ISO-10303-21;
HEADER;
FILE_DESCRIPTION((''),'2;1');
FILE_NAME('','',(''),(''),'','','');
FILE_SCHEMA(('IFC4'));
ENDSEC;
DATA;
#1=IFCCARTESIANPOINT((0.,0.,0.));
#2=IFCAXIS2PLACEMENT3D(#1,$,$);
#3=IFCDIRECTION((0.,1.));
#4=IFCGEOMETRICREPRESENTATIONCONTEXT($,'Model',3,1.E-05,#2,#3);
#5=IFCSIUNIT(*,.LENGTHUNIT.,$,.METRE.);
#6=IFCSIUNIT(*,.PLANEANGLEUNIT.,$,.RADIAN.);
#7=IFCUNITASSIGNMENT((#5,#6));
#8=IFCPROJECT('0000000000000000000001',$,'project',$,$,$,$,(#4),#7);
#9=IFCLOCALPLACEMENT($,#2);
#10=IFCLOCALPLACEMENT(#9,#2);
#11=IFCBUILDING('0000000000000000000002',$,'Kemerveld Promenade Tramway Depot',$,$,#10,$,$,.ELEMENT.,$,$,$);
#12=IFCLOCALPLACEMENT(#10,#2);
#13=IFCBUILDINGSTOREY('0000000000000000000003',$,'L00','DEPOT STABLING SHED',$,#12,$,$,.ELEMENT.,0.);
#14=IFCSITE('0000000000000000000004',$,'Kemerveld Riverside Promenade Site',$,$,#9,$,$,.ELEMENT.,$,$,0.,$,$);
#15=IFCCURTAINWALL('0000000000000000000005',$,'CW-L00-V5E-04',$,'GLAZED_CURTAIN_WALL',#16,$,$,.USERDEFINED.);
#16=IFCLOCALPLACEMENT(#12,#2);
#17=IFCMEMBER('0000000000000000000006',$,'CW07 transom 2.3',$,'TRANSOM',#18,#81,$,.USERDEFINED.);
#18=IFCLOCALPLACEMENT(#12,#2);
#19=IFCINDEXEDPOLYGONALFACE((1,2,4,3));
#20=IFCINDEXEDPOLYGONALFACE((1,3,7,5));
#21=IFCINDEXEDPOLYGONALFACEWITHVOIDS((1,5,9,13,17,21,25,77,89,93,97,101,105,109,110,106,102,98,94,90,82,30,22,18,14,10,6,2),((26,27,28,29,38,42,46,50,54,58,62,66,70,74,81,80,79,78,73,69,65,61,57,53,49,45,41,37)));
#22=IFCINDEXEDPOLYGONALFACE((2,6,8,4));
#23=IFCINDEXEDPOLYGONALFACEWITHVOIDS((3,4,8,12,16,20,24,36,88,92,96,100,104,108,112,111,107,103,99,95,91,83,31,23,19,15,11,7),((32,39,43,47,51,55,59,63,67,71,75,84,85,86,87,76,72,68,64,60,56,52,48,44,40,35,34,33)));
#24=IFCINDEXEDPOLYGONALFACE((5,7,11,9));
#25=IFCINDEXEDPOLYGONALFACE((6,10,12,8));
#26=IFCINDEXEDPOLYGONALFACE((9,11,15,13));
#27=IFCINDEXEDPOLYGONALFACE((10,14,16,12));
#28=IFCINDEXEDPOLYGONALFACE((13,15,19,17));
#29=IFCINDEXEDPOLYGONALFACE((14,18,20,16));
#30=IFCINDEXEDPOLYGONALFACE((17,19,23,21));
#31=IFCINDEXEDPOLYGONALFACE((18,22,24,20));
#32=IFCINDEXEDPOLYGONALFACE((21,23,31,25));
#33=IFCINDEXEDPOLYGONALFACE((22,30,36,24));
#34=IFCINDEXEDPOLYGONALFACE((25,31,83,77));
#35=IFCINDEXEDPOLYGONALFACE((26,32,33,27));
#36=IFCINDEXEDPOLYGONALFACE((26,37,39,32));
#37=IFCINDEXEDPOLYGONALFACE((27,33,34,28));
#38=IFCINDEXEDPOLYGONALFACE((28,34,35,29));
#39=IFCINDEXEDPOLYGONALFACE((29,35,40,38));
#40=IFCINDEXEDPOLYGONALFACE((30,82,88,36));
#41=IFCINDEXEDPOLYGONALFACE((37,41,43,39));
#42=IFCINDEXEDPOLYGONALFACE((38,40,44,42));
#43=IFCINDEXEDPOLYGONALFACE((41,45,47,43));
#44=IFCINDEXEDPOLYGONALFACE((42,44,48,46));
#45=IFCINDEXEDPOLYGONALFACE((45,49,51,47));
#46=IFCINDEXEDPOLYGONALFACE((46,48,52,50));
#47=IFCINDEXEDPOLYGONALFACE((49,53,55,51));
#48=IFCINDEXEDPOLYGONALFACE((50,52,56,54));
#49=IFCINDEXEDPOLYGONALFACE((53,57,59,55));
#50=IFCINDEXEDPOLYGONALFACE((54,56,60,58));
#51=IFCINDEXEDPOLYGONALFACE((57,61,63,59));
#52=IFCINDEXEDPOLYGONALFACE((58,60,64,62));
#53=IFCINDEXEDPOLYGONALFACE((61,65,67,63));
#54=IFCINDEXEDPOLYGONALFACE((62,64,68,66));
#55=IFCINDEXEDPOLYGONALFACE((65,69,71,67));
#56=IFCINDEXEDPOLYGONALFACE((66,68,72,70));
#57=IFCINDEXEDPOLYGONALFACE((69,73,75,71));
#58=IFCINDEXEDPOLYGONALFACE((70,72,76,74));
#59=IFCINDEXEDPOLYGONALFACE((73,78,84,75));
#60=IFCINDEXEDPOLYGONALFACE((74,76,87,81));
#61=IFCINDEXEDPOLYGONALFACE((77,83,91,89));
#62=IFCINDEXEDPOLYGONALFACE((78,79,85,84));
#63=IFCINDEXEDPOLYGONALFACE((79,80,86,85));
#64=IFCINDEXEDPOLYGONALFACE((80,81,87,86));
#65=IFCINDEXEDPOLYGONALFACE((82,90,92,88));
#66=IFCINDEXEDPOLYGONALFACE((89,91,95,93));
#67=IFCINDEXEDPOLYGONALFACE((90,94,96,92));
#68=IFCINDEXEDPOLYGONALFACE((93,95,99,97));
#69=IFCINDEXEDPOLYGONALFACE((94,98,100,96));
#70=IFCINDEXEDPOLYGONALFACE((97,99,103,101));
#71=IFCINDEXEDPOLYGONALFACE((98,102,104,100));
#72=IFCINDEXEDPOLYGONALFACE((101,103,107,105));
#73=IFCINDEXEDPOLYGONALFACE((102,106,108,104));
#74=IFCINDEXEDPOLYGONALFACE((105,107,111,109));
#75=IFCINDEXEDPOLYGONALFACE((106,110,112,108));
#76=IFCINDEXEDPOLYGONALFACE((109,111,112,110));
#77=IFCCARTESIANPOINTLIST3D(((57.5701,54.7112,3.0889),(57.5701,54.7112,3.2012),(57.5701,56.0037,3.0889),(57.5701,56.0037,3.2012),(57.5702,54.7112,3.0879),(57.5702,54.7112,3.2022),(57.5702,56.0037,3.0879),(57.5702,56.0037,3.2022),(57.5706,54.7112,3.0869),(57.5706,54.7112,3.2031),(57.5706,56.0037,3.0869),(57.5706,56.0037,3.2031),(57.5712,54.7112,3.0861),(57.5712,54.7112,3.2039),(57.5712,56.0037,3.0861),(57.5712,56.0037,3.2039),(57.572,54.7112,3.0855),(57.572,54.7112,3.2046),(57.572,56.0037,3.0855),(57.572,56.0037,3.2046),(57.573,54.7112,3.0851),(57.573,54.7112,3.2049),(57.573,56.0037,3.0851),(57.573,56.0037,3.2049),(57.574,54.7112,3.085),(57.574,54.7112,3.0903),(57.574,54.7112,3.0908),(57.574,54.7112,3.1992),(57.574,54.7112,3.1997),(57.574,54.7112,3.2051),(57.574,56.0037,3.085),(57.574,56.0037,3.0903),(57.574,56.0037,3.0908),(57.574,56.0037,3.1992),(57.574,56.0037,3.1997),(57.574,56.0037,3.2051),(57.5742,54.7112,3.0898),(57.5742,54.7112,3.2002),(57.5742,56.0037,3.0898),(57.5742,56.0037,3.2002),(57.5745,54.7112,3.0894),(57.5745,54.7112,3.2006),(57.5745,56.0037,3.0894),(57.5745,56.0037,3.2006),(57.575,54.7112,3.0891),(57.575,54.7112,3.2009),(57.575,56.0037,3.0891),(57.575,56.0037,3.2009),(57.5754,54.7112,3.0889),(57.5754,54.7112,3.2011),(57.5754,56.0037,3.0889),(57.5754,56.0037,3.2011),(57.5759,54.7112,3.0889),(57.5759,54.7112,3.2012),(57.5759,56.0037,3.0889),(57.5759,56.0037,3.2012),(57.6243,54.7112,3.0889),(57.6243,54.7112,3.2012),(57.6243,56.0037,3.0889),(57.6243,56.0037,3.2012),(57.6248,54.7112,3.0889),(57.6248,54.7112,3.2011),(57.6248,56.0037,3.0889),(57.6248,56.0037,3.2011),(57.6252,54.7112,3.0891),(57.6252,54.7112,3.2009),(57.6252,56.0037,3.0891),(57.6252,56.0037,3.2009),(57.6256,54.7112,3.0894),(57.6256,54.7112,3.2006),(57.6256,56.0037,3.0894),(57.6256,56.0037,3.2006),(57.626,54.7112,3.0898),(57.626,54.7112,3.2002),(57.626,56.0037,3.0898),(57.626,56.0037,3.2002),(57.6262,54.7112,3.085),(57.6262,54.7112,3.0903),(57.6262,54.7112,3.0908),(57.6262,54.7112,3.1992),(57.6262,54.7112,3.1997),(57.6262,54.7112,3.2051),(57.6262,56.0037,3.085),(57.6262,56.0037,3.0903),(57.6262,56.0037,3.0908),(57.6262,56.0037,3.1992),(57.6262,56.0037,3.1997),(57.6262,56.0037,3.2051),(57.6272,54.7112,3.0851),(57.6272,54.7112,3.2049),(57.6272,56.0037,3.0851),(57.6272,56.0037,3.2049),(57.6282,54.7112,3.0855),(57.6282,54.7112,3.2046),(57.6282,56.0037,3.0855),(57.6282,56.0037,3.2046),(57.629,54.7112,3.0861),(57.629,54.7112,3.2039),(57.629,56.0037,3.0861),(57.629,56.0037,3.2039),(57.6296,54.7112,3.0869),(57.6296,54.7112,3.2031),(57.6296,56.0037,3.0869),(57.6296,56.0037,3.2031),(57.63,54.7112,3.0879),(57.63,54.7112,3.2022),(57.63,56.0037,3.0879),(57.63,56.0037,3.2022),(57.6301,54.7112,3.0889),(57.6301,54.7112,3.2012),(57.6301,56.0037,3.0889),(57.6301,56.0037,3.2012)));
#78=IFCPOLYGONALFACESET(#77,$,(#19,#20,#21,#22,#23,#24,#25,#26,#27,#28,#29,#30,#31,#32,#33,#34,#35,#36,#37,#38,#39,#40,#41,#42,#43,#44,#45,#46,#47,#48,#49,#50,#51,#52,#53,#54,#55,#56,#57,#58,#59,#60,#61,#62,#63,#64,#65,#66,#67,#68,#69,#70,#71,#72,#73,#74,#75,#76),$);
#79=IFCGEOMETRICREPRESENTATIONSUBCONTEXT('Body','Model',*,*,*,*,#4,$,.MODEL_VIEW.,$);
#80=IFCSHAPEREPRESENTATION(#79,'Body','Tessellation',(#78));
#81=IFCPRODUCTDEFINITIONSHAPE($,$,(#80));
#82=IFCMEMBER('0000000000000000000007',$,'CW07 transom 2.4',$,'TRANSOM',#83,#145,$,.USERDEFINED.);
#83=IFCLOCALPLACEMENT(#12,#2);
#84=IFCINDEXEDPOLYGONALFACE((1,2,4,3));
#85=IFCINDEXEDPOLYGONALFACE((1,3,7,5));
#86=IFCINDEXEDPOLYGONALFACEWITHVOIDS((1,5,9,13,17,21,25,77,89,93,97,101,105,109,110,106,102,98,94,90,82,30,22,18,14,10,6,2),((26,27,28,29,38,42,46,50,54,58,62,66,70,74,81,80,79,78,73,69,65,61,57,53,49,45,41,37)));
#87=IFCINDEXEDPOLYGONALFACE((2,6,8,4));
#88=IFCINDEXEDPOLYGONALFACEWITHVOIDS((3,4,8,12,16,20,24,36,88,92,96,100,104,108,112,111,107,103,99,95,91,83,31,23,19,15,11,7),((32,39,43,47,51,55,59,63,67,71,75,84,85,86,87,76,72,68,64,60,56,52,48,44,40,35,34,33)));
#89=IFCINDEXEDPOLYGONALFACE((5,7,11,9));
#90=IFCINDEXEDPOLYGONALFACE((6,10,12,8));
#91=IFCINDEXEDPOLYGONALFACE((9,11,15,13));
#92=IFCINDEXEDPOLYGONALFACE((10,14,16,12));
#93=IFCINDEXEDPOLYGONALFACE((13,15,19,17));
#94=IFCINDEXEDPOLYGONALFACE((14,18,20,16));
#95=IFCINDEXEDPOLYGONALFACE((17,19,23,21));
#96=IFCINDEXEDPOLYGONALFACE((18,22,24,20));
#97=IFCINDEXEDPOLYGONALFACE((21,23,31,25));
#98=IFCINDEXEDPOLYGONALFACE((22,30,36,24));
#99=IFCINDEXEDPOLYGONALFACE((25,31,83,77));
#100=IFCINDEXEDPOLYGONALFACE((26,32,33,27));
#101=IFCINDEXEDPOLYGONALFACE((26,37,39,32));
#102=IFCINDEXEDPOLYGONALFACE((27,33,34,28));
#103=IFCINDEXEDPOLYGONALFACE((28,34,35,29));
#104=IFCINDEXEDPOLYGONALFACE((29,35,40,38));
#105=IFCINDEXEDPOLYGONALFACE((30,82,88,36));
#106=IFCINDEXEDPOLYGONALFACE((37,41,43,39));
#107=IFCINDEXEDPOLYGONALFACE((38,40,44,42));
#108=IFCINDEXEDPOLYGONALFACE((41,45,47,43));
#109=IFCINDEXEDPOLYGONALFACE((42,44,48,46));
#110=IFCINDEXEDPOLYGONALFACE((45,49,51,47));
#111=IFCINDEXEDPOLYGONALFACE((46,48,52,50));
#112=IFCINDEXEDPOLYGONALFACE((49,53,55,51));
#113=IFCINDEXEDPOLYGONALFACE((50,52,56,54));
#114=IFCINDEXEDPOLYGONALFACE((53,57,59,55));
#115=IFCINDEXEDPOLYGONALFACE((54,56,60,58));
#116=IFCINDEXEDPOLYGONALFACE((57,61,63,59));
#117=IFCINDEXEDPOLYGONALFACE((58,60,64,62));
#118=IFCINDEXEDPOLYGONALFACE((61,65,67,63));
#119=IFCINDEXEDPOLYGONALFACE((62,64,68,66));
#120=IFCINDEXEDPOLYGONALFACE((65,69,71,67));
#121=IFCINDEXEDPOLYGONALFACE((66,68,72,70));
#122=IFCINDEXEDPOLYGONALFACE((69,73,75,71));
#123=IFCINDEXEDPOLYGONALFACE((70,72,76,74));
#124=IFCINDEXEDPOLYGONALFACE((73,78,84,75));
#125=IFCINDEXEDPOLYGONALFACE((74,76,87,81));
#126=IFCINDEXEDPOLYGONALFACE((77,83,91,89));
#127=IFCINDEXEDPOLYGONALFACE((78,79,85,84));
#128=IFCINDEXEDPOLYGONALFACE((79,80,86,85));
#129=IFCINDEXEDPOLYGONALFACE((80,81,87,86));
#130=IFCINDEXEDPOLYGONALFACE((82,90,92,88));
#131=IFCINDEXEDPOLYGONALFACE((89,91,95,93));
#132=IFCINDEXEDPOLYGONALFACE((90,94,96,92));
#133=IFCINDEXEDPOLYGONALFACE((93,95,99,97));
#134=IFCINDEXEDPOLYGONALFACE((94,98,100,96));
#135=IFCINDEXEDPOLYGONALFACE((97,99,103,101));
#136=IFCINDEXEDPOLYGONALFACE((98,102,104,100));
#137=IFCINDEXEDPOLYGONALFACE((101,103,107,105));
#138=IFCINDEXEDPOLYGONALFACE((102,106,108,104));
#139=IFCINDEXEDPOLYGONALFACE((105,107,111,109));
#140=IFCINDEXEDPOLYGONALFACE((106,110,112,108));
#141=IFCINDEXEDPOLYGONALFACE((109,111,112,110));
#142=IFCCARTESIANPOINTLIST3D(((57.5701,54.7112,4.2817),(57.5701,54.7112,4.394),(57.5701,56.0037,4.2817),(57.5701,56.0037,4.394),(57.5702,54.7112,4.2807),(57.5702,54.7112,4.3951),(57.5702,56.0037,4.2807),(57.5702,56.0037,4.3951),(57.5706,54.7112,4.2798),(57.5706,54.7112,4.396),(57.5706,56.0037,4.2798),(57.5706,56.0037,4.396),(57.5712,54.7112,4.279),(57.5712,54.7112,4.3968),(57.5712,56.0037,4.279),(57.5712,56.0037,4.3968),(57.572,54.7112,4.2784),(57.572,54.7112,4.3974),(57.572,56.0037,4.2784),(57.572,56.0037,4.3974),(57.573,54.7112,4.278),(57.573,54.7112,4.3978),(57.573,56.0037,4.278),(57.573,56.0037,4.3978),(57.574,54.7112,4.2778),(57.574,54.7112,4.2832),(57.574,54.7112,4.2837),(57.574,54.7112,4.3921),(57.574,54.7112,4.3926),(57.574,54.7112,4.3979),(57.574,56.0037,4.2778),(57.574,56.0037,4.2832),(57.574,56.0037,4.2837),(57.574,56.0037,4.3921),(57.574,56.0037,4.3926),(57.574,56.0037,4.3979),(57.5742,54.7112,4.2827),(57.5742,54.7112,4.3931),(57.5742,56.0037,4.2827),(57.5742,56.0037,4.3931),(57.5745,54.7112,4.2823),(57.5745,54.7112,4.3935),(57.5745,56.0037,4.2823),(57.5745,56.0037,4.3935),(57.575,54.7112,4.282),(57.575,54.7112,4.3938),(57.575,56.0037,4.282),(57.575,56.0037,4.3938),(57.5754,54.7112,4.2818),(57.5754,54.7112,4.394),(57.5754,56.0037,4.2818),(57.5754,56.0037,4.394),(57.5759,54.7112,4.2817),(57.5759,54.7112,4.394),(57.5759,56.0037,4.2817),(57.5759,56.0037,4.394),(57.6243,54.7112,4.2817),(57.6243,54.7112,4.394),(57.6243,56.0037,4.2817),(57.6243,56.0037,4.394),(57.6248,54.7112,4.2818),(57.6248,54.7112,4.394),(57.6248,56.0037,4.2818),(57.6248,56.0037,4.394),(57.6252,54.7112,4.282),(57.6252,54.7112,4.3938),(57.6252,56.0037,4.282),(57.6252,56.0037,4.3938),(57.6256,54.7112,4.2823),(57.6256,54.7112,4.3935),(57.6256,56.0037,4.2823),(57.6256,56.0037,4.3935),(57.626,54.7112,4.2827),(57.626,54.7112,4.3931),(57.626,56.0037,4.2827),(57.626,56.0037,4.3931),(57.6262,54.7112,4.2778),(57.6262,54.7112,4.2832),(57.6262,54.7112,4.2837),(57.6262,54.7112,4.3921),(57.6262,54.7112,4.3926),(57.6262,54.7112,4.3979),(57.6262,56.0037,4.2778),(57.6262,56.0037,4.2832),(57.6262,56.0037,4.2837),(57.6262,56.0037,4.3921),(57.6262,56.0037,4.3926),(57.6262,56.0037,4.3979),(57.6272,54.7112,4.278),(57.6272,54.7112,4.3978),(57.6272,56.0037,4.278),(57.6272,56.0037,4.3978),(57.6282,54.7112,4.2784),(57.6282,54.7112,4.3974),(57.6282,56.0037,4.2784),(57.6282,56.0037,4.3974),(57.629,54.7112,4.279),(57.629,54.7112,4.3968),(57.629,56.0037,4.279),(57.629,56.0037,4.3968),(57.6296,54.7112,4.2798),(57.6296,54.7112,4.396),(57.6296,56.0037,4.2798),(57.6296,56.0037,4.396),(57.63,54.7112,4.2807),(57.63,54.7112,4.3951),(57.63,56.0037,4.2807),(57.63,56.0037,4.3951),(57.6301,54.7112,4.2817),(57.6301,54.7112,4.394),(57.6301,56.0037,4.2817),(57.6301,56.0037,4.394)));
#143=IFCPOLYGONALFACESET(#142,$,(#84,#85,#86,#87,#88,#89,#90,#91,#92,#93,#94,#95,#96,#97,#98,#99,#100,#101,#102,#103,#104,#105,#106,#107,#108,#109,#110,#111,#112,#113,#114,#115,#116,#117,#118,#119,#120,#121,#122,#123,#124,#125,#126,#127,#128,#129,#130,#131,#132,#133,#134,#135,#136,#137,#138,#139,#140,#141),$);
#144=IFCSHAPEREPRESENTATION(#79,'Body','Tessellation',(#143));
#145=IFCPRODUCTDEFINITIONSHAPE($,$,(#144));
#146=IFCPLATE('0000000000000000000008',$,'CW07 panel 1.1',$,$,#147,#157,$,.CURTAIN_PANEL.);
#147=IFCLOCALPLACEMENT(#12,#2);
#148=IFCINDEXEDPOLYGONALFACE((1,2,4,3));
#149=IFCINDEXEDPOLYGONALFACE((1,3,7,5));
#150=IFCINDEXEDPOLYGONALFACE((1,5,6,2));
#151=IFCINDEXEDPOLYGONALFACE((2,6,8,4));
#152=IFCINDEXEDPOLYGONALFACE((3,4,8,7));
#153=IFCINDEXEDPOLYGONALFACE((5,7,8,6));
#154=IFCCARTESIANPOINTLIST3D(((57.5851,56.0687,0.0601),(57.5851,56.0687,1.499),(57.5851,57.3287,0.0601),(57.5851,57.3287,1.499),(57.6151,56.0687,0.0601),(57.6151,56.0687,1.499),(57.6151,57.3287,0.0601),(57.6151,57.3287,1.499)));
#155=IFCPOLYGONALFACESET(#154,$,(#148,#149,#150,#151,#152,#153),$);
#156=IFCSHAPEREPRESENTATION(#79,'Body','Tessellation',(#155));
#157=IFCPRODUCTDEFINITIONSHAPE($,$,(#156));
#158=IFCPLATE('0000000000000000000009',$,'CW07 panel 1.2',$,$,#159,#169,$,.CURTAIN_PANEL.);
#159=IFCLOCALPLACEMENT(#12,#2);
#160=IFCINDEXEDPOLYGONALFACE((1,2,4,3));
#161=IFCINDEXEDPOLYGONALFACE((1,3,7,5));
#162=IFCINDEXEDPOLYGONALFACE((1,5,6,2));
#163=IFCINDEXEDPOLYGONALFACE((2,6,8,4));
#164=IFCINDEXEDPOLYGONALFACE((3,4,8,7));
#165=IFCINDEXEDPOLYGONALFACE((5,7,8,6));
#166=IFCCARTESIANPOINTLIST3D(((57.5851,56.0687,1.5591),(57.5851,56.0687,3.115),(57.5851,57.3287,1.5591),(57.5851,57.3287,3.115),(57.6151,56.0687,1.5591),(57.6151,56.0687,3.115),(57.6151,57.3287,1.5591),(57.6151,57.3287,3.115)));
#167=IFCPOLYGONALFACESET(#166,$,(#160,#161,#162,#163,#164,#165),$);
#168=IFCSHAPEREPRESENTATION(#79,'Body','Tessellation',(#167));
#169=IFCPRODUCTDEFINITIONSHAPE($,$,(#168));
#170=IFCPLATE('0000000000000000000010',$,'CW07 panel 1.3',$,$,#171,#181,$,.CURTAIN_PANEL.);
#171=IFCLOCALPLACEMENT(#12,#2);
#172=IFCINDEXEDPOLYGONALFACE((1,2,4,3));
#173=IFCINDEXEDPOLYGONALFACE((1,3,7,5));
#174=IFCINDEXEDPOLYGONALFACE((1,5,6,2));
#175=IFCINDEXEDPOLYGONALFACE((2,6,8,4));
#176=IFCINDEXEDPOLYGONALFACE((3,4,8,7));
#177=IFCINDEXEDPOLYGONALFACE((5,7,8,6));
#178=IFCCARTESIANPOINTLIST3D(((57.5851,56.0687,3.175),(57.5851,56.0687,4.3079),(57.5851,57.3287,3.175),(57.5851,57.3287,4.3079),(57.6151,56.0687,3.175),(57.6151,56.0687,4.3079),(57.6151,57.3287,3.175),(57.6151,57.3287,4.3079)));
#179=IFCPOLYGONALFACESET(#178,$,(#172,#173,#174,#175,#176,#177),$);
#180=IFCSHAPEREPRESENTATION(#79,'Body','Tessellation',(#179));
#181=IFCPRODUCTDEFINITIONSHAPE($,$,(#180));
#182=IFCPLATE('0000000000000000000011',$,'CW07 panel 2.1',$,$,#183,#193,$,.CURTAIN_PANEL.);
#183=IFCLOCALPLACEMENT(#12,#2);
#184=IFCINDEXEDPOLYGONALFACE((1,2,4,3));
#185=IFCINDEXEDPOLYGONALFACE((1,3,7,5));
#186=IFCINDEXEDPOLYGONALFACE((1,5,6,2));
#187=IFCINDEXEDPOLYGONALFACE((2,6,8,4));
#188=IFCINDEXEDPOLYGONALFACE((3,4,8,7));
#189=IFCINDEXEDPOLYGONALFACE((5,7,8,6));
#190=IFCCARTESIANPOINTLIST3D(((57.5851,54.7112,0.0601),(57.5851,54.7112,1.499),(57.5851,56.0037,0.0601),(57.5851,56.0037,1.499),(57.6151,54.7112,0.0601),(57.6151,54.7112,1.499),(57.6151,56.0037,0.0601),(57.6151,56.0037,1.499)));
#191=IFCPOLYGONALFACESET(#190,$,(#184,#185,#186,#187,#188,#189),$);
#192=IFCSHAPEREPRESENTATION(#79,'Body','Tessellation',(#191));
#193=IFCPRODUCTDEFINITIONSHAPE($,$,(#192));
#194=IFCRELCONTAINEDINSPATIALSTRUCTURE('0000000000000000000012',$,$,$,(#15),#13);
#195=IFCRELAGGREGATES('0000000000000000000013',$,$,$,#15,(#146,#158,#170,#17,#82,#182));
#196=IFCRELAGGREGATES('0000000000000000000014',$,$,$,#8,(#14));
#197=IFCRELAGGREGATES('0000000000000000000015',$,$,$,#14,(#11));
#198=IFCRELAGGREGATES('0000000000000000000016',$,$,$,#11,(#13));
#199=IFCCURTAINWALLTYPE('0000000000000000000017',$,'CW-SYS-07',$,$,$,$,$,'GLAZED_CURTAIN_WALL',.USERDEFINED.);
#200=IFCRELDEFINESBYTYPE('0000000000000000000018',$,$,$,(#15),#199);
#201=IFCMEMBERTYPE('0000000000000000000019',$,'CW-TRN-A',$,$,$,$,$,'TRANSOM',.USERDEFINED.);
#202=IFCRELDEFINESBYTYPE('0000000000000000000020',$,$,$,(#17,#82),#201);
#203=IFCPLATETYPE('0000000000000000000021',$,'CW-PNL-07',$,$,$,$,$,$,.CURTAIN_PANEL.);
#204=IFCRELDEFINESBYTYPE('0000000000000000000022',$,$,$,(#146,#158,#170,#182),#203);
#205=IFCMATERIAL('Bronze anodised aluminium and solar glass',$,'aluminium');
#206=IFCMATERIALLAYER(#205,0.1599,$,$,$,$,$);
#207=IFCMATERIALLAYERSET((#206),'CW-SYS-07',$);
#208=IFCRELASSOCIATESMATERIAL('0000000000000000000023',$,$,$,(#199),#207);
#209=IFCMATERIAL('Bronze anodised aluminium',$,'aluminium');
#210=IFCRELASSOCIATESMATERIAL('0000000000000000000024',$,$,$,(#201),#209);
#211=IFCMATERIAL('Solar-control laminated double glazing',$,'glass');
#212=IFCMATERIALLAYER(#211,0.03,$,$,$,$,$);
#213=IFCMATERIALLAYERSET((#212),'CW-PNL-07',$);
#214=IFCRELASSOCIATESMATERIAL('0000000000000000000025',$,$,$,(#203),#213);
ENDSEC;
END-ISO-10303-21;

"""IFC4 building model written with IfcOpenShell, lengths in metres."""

from ifc_helpers import new_model, si_unit, direction, frame, origin, origin_2d, place, context, subcontext, project, spatial, rectangle, hollow_rectangle, extrude, material, layer, layer_set, material_profile, profile_set, type_object, element, aggregate, save


model = new_model("IFC4")

# Units and contexts
model_context = context("Model", 3, precision=1e-05, world=origin(), true_north=direction((0.0, 1.0)))
body_context = subcontext(model_context, "Body", "Model", "MODEL_VIEW")
ifc_project = project(units=[si_unit("LENGTHUNIT", "METRE"), si_unit("PLANEANGLEUNIT", "RADIAN")], contexts=[model_context])

# Site, building, storey
site_placement = place(None, origin())
site = spatial("IfcSite", under=ifc_project, at=site_placement, Name="Kemerveld Riverside Promenade Site", CompositionType="ELEMENT", RefElevation=0.0)
building_placement = place(site_placement, origin())
building = spatial("IfcBuilding", under=site, at=building_placement, Name="Kemerveld Promenade Tramway Depot", CompositionType="ELEMENT")
storey_placement = place(building_placement, origin())
storey = spatial("IfcBuildingStorey", under=building, at=storey_placement, Name="L00", Description="DEPOT STABLING SHED", CompositionType="ELEMENT", Elevation=0.0)

# Curtain wall, members, plates
ifc_material_1 = material(Name="Bronze anodised aluminium and solar glass", Category="aluminium")
ifc_layer_1 = layer(ifc_material_1, 0.1599)
ifc_layer_set_1 = layer_set([ifc_layer_1], Name="CW-SYS-07")
curtain_wall_type = type_object("IfcCurtainWallType", Name="CW-SYS-07", ElementType="GLAZED_CURTAIN_WALL", PredefinedType="USERDEFINED", material=ifc_layer_set_1)
curtain_wall_placement = place(storey_placement, origin())
curtain_wall = element("IfcCurtainWall", 1, at=curtain_wall_placement, inside=storey, type_object=curtain_wall_type, Name="CW-L00-V5E-04", ObjectType="GLAZED_CURTAIN_WALL", PredefinedType="USERDEFINED")
ifc_material_2 = material(Name="Bronze anodised aluminium", Category="aluminium")
ifc_material_profile_1 = material_profile(ifc_material_2, hollow_rectangle(XDim=0.0601, YDim=0.1201, WallThickness=0.0039, InnerFilletRadius=0.002, OuterFilletRadius=0.0039, at=origin_2d()), Name="CW-TRN-120x60")
ifc_profile_set_1 = profile_set([ifc_material_profile_1], Name="Bronze anodised aluminium")
member_type_1 = type_object("IfcMemberType", Name="CW-TRN-A", ElementType="TRANSOM", PredefinedType="USERDEFINED", material=ifc_profile_set_1)
member_1_placement = place(storey_placement, frame((57.6001, 56.0037, 3.145), z_axis=(0.0, -1.0, 0.0), x_axis=(1.0, 0.0, 0.0)))
member_1 = element("IfcMember", 2, at=member_1_placement, type_object=member_type_1, Name="CW07 transom 2.3", ObjectType="TRANSOM", PredefinedType="USERDEFINED", context=body_context, shape_type="SweptSolid", body=[
    extrude(hollow_rectangle(XDim=0.0601, YDim=0.1201, WallThickness=0.0039, InnerFilletRadius=0.002, OuterFilletRadius=0.0039, at=origin_2d()), origin(), (0.0, 0.0, 1.0), 1.2925),
])
member_2_placement = place(storey_placement, frame((57.6001, 56.0037, 4.3379), z_axis=(0.0, -1.0, 0.0), x_axis=(1.0, 0.0, 0.0)))
member_2 = element("IfcMember", 3, at=member_2_placement, type_object=member_type_1, Name="CW07 transom 2.4", ObjectType="TRANSOM", PredefinedType="USERDEFINED", context=body_context, shape_type="SweptSolid", body=[
    extrude(hollow_rectangle(XDim=0.0601, YDim=0.1201, WallThickness=0.0039, InnerFilletRadius=0.002, OuterFilletRadius=0.0039, at=origin_2d()), origin(), (0.0, 0.0, 1.0), 1.2925),
])
ifc_material_3 = material(Name="Solar-control laminated double glazing", Category="glass")
ifc_layer_2 = layer(ifc_material_3, 0.03)
ifc_layer_set_2 = layer_set([ifc_layer_2], Name="CW-PNL-07")
plate_type_1 = type_object("IfcPlateType", Name="CW-PNL-07", PredefinedType="CURTAIN_PANEL", material=ifc_layer_set_2)
plate_1_placement = place(storey_placement, frame((57.6001, 56.6987, 0.0601), z_axis=(0.0, 0.0, 1.0), x_axis=(0.0, -1.0, 0.0)))
plate_1 = element("IfcPlate", 4, at=plate_1_placement, type_object=plate_type_1, Name="CW07 panel 1.1", PredefinedType="CURTAIN_PANEL", context=body_context, shape_type="SweptSolid", body=[
    extrude(rectangle(XDim=1.26, YDim=0.03, at=origin_2d()), origin(), (0.0, 0.0, 1.0), 1.439),
])
plate_2_placement = place(storey_placement, frame((57.6001, 56.6987, 1.5591), z_axis=(0.0, 0.0, 1.0), x_axis=(0.0, -1.0, 0.0)))
plate_2 = element("IfcPlate", 5, at=plate_2_placement, type_object=plate_type_1, Name="CW07 panel 1.2", PredefinedType="CURTAIN_PANEL", context=body_context, shape_type="SweptSolid", body=[
    extrude(rectangle(XDim=1.26, YDim=0.03, at=origin_2d()), origin(), (0.0, 0.0, 1.0), 1.5559),
])
plate_3_placement = place(storey_placement, frame((57.6001, 56.6987, 3.175), z_axis=(0.0, 0.0, 1.0), x_axis=(0.0, -1.0, 0.0)))
plate_3 = element("IfcPlate", 6, at=plate_3_placement, type_object=plate_type_1, Name="CW07 panel 1.3", PredefinedType="CURTAIN_PANEL", context=body_context, shape_type="SweptSolid", body=[
    extrude(rectangle(XDim=1.26, YDim=0.03, at=origin_2d()), origin(), (0.0, 0.0, 1.0), 1.1328),
])
plate_4_placement = place(storey_placement, frame((57.6001, 55.3574, 0.0601), z_axis=(0.0, 0.0, 1.0), x_axis=(0.0, -1.0, 0.0)))
plate_4 = element("IfcPlate", 7, at=plate_4_placement, type_object=plate_type_1, Name="CW07 panel 2.1", PredefinedType="CURTAIN_PANEL", context=body_context, shape_type="SweptSolid", body=[
    extrude(rectangle(XDim=1.2925, YDim=0.03, at=origin_2d()), origin(), (0.0, 0.0, 1.0), 1.439),
])
aggregate(curtain_wall, [plate_1, plate_2, plate_3, member_1, member_2, plate_4])

save(model, "model.ifc")
